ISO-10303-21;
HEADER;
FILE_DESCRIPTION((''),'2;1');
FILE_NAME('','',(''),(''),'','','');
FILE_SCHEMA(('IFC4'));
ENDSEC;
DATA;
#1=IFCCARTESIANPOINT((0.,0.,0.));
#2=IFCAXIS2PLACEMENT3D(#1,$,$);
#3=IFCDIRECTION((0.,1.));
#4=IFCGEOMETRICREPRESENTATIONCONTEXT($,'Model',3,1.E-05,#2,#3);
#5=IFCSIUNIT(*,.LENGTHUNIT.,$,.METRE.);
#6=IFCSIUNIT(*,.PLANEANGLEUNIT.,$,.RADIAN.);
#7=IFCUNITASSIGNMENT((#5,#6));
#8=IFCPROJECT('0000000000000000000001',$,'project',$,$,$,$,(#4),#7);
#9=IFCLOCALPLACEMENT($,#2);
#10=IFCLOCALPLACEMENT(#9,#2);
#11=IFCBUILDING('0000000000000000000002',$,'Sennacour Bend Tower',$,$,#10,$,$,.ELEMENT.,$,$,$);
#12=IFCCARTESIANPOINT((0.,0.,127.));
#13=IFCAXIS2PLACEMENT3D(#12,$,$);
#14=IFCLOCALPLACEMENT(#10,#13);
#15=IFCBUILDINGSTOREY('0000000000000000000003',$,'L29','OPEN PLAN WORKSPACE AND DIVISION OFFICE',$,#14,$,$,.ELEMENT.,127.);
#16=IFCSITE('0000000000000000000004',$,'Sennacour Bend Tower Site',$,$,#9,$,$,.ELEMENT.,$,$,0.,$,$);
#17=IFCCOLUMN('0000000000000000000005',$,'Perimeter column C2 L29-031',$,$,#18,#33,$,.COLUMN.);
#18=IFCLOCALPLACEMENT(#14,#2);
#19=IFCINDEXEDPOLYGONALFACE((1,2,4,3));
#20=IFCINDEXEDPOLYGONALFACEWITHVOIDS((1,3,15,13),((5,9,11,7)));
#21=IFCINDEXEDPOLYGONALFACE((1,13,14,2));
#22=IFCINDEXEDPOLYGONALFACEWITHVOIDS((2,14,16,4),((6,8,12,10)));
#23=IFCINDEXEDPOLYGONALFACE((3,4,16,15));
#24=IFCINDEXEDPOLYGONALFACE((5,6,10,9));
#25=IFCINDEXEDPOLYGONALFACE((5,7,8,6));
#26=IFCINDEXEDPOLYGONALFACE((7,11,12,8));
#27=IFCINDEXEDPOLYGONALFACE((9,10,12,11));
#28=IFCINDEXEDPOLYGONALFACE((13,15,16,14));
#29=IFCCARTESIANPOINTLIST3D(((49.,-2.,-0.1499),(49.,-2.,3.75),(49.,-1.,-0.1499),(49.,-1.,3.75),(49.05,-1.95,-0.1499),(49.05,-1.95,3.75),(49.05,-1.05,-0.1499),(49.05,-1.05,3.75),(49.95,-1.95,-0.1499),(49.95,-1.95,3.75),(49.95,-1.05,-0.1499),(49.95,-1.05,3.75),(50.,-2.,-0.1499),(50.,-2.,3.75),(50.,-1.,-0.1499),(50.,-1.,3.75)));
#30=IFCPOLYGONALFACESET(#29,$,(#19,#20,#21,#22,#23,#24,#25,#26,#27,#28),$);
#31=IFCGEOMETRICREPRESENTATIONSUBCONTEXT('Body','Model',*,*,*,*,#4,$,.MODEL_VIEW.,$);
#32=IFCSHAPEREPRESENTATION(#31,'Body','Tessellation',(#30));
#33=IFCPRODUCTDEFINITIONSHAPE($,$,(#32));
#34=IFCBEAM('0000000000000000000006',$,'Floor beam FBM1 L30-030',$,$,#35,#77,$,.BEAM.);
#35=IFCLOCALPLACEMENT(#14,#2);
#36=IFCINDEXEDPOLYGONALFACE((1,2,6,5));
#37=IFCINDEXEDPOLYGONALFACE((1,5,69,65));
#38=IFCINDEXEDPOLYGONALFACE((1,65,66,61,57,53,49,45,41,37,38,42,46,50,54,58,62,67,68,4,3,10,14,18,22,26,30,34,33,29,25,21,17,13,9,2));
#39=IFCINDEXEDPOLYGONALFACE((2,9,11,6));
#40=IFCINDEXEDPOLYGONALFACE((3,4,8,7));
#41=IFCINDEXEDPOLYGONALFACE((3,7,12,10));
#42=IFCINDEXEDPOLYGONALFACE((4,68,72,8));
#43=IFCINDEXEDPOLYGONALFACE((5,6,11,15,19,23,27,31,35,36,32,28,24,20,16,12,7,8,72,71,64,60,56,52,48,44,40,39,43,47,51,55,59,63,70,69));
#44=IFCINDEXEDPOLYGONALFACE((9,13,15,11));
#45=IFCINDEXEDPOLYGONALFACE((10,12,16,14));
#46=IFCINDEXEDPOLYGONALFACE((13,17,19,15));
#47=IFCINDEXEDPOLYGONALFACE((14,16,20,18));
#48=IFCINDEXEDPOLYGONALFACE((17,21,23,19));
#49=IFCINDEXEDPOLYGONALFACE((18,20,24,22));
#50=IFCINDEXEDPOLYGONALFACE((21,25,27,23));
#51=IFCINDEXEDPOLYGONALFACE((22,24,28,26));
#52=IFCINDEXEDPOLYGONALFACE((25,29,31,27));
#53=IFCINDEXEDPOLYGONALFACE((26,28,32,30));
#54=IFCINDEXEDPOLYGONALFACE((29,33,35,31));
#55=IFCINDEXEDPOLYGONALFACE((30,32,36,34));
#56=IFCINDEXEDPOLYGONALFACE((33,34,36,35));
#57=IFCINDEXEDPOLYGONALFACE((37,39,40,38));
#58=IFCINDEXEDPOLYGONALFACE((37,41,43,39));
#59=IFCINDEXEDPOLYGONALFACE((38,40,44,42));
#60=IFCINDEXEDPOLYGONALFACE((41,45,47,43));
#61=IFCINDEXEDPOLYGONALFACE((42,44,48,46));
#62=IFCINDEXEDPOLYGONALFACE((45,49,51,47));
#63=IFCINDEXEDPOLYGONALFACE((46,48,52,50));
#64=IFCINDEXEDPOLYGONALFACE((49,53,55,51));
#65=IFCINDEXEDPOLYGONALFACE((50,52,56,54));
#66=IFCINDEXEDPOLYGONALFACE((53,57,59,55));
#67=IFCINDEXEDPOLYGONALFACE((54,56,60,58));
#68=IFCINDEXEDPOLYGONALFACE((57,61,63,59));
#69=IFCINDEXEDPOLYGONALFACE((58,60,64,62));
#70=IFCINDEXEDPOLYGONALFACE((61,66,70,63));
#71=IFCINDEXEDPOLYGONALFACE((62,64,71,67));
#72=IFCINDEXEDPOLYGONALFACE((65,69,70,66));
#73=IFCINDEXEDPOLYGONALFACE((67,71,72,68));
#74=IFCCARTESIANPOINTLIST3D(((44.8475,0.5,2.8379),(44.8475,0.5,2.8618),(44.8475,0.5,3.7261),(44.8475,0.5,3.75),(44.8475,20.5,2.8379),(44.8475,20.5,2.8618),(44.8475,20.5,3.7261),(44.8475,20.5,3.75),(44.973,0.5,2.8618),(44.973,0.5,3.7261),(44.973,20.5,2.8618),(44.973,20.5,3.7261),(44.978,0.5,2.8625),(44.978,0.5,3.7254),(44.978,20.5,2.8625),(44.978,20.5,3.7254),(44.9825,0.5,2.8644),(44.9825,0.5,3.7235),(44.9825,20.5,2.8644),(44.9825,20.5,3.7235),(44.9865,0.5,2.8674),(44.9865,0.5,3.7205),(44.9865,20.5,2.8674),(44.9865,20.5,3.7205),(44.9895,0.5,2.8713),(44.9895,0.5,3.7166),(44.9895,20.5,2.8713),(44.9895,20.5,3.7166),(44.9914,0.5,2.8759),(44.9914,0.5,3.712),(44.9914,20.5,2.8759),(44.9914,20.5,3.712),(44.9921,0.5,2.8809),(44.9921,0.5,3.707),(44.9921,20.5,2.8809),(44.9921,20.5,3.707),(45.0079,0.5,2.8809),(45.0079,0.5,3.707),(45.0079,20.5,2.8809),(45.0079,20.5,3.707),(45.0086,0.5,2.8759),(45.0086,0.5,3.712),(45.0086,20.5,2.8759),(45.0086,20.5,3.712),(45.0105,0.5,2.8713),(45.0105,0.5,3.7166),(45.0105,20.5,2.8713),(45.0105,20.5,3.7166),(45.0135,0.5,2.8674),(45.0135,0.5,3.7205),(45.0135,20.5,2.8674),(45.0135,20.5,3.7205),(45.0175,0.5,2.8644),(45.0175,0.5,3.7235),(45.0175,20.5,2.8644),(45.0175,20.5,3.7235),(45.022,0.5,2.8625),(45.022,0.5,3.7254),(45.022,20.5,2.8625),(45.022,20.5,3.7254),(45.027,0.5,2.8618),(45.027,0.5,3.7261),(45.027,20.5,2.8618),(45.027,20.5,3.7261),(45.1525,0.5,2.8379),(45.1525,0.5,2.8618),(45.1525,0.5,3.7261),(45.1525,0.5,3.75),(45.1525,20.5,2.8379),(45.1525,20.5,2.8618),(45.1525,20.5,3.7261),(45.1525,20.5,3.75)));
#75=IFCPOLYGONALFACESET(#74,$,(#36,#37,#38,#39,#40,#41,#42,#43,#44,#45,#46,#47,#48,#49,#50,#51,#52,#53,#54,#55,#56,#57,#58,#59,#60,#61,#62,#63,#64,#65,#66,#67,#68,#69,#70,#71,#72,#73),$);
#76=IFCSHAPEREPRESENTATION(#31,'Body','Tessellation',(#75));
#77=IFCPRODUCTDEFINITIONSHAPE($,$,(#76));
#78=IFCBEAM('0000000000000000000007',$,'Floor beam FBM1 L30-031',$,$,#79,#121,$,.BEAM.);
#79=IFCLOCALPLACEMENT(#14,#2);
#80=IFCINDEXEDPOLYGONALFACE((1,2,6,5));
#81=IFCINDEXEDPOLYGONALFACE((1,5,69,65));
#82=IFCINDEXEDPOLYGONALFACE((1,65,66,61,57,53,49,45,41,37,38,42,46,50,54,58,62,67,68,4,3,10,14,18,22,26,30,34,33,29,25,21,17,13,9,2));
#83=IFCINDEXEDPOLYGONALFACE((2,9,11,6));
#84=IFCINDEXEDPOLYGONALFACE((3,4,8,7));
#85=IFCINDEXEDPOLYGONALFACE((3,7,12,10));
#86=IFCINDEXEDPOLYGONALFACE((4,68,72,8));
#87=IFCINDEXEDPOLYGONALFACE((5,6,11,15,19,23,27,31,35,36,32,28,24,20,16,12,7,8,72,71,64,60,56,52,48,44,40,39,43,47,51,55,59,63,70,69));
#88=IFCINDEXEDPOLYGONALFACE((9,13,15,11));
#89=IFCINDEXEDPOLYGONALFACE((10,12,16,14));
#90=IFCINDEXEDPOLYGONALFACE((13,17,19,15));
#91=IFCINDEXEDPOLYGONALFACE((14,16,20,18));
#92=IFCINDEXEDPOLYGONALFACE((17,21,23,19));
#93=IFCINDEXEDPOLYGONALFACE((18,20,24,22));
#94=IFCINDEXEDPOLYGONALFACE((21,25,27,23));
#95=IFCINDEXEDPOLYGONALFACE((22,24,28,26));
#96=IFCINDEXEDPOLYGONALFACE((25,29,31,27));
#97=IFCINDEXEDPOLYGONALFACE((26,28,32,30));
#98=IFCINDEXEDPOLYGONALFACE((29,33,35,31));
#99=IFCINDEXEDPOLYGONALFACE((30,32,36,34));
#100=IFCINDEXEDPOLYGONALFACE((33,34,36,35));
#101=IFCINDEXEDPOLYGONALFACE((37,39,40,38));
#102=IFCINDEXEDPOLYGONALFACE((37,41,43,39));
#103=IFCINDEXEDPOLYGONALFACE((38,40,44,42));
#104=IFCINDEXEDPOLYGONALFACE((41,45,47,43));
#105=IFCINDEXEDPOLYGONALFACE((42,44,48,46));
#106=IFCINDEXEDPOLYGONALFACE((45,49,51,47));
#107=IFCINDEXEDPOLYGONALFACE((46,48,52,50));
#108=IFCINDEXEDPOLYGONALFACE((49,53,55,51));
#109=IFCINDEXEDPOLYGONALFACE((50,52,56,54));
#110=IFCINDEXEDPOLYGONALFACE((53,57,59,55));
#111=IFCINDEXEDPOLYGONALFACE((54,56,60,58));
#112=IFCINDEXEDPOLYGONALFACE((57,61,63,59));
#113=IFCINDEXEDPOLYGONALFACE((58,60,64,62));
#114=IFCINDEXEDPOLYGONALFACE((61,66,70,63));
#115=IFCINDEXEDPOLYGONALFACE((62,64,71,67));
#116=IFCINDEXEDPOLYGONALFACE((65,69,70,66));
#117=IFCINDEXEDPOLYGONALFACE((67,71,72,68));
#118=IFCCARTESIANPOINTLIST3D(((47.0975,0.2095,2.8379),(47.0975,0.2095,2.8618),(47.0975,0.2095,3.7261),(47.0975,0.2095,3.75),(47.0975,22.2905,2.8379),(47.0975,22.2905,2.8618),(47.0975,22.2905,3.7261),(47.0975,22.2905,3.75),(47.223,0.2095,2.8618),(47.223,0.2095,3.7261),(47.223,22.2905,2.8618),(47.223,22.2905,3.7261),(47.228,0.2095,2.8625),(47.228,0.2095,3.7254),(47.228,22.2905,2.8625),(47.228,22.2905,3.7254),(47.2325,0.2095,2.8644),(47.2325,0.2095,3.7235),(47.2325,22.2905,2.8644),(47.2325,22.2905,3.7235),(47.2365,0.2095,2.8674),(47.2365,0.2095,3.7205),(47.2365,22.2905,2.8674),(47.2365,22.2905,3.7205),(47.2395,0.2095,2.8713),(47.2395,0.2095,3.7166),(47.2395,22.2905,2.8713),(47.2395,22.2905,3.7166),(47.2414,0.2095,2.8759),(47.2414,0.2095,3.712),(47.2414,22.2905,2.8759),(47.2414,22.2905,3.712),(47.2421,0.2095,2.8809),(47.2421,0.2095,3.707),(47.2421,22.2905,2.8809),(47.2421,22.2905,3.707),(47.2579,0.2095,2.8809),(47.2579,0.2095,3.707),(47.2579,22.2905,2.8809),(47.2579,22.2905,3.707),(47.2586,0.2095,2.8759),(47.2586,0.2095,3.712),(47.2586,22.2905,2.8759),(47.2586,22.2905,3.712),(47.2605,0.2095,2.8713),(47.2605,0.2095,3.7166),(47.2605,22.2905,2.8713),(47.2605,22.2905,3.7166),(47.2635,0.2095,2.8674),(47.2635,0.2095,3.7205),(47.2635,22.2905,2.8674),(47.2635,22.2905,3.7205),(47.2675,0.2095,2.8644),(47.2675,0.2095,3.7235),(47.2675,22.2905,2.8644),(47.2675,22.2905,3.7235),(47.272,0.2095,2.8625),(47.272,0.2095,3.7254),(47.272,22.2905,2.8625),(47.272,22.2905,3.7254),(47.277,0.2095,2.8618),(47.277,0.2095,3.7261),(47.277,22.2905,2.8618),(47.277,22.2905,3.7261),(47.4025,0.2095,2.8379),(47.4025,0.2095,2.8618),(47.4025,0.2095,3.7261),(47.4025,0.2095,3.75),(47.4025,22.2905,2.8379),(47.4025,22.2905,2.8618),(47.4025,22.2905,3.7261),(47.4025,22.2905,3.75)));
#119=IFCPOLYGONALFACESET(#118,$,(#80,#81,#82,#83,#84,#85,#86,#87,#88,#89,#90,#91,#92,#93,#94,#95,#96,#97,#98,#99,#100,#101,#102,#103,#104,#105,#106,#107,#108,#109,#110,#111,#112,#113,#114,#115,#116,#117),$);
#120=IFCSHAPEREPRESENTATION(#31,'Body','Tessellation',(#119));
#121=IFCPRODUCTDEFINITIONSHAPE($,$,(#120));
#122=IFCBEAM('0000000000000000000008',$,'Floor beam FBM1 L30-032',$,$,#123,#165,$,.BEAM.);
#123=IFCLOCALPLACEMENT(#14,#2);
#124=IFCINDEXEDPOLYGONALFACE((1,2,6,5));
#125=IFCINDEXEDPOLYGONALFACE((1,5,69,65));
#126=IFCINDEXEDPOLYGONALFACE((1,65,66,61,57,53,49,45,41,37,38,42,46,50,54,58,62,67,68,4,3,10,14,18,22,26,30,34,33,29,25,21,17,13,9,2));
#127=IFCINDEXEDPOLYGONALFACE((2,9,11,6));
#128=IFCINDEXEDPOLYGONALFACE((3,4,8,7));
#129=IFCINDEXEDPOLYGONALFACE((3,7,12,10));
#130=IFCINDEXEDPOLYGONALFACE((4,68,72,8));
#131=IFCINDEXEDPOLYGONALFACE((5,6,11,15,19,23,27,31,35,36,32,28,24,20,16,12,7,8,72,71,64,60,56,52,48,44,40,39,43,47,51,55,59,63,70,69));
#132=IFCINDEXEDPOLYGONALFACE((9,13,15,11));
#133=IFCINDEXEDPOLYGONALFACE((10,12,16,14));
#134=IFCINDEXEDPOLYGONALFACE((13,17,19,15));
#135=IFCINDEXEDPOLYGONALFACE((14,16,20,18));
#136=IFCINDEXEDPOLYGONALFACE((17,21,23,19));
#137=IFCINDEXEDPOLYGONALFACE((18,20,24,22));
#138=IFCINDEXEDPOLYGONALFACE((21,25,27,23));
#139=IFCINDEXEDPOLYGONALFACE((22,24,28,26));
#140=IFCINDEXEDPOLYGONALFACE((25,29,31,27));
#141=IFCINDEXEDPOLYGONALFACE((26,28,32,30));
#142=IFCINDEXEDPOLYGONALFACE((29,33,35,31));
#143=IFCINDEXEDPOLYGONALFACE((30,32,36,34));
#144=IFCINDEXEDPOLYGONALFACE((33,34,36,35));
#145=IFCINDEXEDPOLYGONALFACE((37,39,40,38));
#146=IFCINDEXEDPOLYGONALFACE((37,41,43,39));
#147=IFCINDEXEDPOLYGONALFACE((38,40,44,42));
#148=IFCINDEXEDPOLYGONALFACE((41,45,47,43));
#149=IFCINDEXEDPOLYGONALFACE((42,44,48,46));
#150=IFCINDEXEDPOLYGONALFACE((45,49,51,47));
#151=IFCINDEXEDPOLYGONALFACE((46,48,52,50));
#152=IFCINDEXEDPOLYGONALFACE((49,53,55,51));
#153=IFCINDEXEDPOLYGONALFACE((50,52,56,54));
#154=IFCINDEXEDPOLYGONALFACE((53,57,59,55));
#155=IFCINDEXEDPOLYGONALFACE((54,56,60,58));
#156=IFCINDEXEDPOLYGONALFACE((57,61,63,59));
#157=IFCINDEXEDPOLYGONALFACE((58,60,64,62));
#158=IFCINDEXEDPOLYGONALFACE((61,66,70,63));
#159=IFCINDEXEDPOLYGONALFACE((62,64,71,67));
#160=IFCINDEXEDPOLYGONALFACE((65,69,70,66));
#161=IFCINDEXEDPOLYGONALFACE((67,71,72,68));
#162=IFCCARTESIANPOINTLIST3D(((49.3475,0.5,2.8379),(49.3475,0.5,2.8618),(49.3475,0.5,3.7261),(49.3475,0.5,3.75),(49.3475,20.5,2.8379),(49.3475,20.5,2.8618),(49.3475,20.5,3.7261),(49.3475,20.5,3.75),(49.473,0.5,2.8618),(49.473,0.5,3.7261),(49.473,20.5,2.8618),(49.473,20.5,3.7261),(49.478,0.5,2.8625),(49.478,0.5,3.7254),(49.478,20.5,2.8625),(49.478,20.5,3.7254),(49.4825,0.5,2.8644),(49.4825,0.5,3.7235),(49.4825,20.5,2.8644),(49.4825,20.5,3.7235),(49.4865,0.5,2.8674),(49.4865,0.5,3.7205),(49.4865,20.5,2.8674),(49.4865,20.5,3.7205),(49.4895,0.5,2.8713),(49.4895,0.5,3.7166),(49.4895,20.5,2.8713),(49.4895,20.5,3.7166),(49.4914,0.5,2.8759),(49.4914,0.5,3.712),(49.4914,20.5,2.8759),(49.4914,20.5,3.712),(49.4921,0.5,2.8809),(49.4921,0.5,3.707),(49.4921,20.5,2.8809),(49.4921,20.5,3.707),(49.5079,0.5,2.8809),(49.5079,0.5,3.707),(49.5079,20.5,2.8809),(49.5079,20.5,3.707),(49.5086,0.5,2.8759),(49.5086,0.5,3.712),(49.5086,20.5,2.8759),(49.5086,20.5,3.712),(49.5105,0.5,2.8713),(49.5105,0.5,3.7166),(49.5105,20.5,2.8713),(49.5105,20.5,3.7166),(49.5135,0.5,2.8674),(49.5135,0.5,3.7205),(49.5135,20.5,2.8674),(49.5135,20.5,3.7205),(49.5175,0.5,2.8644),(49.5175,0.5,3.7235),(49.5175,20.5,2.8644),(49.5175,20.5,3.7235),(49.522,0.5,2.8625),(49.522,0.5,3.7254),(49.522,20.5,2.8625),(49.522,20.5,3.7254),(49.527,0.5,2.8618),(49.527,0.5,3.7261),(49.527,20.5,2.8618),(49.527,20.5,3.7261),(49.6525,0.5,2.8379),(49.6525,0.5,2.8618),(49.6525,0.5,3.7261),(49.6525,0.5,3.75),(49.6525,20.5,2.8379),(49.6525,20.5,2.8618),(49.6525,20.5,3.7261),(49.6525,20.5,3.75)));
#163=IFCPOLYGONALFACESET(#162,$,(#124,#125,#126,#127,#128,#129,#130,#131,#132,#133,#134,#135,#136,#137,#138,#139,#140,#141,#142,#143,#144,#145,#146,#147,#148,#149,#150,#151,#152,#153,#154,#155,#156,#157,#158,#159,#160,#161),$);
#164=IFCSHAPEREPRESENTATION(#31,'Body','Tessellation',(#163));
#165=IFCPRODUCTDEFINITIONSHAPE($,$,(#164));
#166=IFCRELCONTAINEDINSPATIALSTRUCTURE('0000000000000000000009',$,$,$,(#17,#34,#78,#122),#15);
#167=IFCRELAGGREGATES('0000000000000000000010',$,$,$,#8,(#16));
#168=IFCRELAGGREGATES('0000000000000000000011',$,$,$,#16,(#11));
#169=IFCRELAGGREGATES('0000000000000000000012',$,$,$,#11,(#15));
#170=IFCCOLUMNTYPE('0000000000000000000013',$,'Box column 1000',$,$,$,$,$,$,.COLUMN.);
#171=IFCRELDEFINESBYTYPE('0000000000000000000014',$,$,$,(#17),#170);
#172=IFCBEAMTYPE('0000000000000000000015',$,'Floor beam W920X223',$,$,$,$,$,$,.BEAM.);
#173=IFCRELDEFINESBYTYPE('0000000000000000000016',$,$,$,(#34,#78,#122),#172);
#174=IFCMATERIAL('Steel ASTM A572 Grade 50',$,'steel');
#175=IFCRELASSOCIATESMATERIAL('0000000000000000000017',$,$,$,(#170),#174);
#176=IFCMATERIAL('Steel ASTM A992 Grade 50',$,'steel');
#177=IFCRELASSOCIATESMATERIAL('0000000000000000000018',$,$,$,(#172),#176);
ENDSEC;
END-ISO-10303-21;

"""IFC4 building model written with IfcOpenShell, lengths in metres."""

from ifc_helpers import new_model, si_unit, direction, frame, origin, origin_2d, place, context, subcontext, project, spatial, hollow_rectangle, i_section, extrude, material, material_profile, profile_set, type_object, element, save


model = new_model("IFC4")

# Units and contexts
model_context = context("Model", 3, precision=1e-05, world=origin(), true_north=direction((0.0, 1.0)))
body_context = subcontext(model_context, "Body", "Model", "MODEL_VIEW")
ifc_project = project(units=[si_unit("LENGTHUNIT", "METRE"), si_unit("PLANEANGLEUNIT", "RADIAN")], contexts=[model_context])

# Site, building, storey
site_placement = place(None, origin())
site = spatial("IfcSite", under=ifc_project, at=site_placement, Name="Sennacour Bend Tower Site", CompositionType="ELEMENT", RefElevation=0.0)
building_placement = place(site_placement, origin())
building = spatial("IfcBuilding", under=site, at=building_placement, Name="Sennacour Bend Tower", CompositionType="ELEMENT")
storey_placement = place(building_placement, frame((0.0, 0.0, 127.0)))
storey = spatial("IfcBuildingStorey", under=building, at=storey_placement, Name="L29", Description="OPEN PLAN WORKSPACE AND DIVISION OFFICE", CompositionType="ELEMENT", Elevation=127.0)

# Column
ifc_material_1 = material(Name="Steel ASTM A572 Grade 50", Category="steel")
ifc_material_profile_1 = material_profile(ifc_material_1, hollow_rectangle(XDim=1.0, YDim=1.0, WallThickness=0.05, at=origin_2d()), Name="Steel ASTM A572 Grade 50", Category="steel")
ifc_profile_set_1 = profile_set([ifc_material_profile_1], Name="Steel ASTM A572 Grade 50")
column_type = type_object("IfcColumnType", Name="Box column 1000", PredefinedType="COLUMN", material=ifc_profile_set_1)
column_placement = place(storey_placement, frame((49.5, -1.5, -0.1499), z_axis=(0.0, 0.0, 1.0), x_axis=(1.0, 0.0, 0.0)))
element("IfcColumn", 1, at=column_placement, inside=storey, type_object=column_type, Name="Perimeter column C2 L29-031", PredefinedType="COLUMN", context=body_context, shape_type="SweptSolid", body=[
    extrude(hollow_rectangle(XDim=1.0, YDim=1.0, WallThickness=0.05, at=origin_2d()), origin(), (0.0, 0.0, 1.0), 3.8999),
])

# Beams
ifc_material_2 = material(Name="Steel ASTM A992 Grade 50", Category="steel")
ifc_material_profile_2 = material_profile(ifc_material_2, i_section(OverallWidth=0.3049, OverallDepth=0.9121, WebThickness=0.0159, FlangeThickness=0.0239, FilletRadius=0.019, at=origin_2d()), Name="Steel ASTM A992 Grade 50", Category="steel")
ifc_profile_set_2 = profile_set([ifc_material_profile_2], Name="Steel ASTM A992 Grade 50")
beam_type_1 = type_object("IfcBeamType", Name="Floor beam W920X223", PredefinedType="BEAM", material=ifc_profile_set_2)
beam_1_placement = place(storey_placement, frame((45.0, 0.5, 3.2939), z_axis=(0.0, 1.0, 0.0), x_axis=(-1.0, 0.0, 0.0)))
element("IfcBeam", 2, at=beam_1_placement, inside=storey, type_object=beam_type_1, Name="Floor beam FBM1 L30-030", PredefinedType="BEAM", context=body_context, shape_type="SweptSolid", body=[
    extrude(i_section(OverallWidth=0.3049, OverallDepth=0.9121, WebThickness=0.0159, FlangeThickness=0.0239, FilletRadius=0.019, at=origin_2d()), origin(), (0.0, 0.0, 1.0), 20.0),
])
beam_2_placement = place(storey_placement, frame((47.25, 0.2095, 3.2939), z_axis=(0.0, 1.0, 0.0), x_axis=(-1.0, 0.0, 0.0)))
element("IfcBeam", 3, at=beam_2_placement, inside=storey, type_object=beam_type_1, Name="Floor beam FBM1 L30-031", PredefinedType="BEAM", context=body_context, shape_type="SweptSolid", body=[
    extrude(i_section(OverallWidth=0.3049, OverallDepth=0.9121, WebThickness=0.0159, FlangeThickness=0.0239, FilletRadius=0.019, at=origin_2d()), origin(), (0.0, 0.0, 1.0), 22.0811),
])
beam_3_placement = place(storey_placement, frame((49.5, 0.5, 3.2939), z_axis=(0.0, 1.0, 0.0), x_axis=(-1.0, 0.0, 0.0)))
element("IfcBeam", 4, at=beam_3_placement, inside=storey, type_object=beam_type_1, Name="Floor beam FBM1 L30-032", PredefinedType="BEAM", context=body_context, shape_type="SweptSolid", body=[
    extrude(i_section(OverallWidth=0.3049, OverallDepth=0.9121, WebThickness=0.0159, FlangeThickness=0.0239, FilletRadius=0.019, at=origin_2d()), origin(), (0.0, 0.0, 1.0), 20.0),
])

save(model, "model.ifc")
